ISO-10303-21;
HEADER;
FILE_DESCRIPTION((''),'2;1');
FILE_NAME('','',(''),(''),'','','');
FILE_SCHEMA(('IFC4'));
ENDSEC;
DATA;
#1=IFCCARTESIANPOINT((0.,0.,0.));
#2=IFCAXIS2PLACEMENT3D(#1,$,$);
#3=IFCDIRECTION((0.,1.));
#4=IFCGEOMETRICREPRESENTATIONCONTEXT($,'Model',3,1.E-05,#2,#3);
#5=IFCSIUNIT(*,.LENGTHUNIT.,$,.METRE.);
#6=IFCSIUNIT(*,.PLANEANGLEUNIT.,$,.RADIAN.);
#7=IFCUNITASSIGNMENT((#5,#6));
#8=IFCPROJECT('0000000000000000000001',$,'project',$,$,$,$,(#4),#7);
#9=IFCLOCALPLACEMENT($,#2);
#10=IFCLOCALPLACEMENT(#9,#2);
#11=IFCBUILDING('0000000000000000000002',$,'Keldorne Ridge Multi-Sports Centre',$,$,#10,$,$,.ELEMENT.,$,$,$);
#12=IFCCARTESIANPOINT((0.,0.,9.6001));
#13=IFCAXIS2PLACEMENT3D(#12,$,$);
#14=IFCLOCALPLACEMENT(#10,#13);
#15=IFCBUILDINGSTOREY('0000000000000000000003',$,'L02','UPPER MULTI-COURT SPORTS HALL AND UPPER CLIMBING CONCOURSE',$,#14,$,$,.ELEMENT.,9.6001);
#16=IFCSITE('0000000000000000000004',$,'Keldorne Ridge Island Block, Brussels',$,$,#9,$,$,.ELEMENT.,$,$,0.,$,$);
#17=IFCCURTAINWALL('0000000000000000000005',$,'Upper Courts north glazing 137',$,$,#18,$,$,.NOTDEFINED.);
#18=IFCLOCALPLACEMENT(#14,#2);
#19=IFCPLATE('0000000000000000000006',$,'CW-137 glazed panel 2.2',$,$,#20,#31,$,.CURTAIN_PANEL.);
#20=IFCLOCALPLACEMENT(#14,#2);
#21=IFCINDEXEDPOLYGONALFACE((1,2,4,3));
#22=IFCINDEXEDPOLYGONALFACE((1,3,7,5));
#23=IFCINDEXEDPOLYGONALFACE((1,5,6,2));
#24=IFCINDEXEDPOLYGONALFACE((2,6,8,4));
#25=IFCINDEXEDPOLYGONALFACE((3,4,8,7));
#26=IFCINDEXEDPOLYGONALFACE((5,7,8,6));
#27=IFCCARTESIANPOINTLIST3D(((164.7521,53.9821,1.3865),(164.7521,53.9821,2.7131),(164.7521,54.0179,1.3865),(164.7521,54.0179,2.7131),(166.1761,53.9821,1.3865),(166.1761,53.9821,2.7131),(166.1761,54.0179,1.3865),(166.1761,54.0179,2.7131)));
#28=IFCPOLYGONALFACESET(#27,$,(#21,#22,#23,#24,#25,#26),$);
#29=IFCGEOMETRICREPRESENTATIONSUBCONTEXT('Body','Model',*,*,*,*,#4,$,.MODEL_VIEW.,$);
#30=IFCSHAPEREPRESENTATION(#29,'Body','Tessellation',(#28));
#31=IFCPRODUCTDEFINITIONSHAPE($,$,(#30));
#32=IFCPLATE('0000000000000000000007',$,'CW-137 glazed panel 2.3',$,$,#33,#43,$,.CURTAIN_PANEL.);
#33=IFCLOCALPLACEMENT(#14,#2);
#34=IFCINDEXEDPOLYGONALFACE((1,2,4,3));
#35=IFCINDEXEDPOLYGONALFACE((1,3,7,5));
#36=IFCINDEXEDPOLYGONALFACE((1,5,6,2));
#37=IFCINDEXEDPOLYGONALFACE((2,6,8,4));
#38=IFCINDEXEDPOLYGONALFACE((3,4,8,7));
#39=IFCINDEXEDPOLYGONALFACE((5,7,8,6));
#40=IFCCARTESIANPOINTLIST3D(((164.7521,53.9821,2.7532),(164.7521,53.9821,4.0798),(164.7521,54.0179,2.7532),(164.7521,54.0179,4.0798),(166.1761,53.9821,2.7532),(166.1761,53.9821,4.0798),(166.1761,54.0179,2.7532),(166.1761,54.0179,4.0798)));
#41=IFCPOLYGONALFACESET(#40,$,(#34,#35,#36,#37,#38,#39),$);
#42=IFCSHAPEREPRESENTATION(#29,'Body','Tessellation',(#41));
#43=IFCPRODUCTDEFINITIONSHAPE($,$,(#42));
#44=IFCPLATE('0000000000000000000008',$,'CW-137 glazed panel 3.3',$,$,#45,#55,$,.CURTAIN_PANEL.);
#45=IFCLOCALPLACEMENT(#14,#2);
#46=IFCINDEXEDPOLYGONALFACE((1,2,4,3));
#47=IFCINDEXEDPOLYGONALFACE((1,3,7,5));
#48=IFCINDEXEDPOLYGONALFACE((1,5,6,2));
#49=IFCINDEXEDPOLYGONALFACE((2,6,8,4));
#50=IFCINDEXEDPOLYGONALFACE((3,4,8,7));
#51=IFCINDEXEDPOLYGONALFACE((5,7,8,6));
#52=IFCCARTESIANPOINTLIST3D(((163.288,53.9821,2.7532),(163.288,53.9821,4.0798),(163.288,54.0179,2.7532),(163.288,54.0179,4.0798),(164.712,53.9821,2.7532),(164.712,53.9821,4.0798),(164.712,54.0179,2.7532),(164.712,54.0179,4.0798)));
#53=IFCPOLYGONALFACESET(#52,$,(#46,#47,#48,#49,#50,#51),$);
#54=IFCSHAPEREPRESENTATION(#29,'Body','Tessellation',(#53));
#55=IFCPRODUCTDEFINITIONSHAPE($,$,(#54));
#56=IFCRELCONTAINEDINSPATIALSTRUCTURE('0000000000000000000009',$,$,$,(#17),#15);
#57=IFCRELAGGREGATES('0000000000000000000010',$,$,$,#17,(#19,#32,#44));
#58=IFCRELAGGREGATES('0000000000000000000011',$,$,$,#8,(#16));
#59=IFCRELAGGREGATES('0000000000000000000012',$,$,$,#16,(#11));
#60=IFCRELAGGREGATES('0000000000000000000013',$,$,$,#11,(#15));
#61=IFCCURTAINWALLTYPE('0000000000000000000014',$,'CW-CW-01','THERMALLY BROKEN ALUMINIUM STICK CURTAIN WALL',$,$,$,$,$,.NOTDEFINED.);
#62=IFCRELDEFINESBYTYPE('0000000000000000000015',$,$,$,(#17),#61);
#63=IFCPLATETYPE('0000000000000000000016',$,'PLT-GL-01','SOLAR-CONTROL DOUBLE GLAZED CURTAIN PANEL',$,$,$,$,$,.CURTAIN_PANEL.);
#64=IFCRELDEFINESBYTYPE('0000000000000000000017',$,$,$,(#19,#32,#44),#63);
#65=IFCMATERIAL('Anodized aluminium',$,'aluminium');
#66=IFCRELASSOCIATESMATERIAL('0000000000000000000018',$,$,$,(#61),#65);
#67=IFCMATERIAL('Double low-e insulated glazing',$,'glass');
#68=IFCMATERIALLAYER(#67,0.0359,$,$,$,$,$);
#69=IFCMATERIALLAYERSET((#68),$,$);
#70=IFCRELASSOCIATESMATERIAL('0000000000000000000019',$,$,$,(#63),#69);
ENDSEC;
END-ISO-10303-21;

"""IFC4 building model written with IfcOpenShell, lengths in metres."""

from ifc_helpers import new_model, si_unit, direction, frame, origin, origin_2d, place, context, subcontext, project, spatial, rectangle, extrude, material, layer, layer_set, type_object, element, aggregate, save


model = new_model("IFC4")

# Units and contexts
model_context = context("Model", 3, precision=1e-05, world=origin(), true_north=direction((0.0, 1.0)))
body_context = subcontext(model_context, "Body", "Model", "MODEL_VIEW")
ifc_project = project(units=[si_unit("LENGTHUNIT", "METRE"), si_unit("PLANEANGLEUNIT", "RADIAN")], contexts=[model_context])

# Site, building, storey
site_placement = place(None, origin())
site = spatial("IfcSite", under=ifc_project, at=site_placement, Name="Keldorne Ridge Island Block, Brussels", CompositionType="ELEMENT", RefElevation=0.0)
building_placement = place(site_placement, origin())
building = spatial("IfcBuilding", under=site, at=building_placement, Name="Keldorne Ridge Multi-Sports Centre", CompositionType="ELEMENT")
storey_placement = place(building_placement, frame((0.0, 0.0, 9.6001)))
storey = spatial("IfcBuildingStorey", under=building, at=storey_placement, Name="L02", Description="UPPER MULTI-COURT SPORTS HALL AND UPPER CLIMBING CONCOURSE", CompositionType="ELEMENT", Elevation=9.6001)

# Curtain wall, plates
ifc_material_1 = material(Name="Anodized aluminium", Category="aluminium")
curtain_wall_type = type_object("IfcCurtainWallType", Name="CW-CW-01", Description="THERMALLY BROKEN ALUMINIUM STICK CURTAIN WALL", PredefinedType="NOTDEFINED", material=ifc_material_1)
curtain_wall_placement = place(storey_placement, origin())
curtain_wall = element("IfcCurtainWall", 1, at=curtain_wall_placement, inside=storey, type_object=curtain_wall_type, Name="Upper Courts north glazing 137", PredefinedType="NOTDEFINED")
ifc_material_2 = material(Name="Double low-e insulated glazing", Category="glass")
ifc_layer = layer(ifc_material_2, 0.0359)
ifc_layer_set = layer_set([ifc_layer])
plate_type = type_object("IfcPlateType", Name="PLT-GL-01", Description="SOLAR-CONTROL DOUBLE GLAZED CURTAIN PANEL", PredefinedType="CURTAIN_PANEL", material=ifc_layer_set)
plate_1_placement = place(storey_placement, frame((165.4641, 54.0, 1.3865), z_axis=(0.0, 0.0, 1.0), x_axis=(-1.0, 0.0, 0.0)))
plate_1 = element("IfcPlate", 2, at=plate_1_placement, type_object=plate_type, Name="CW-137 glazed panel 2.2", PredefinedType="CURTAIN_PANEL", context=body_context, shape_type="SweptSolid", body=[
    extrude(rectangle(XDim=1.4241, YDim=0.0359, at=origin_2d()), origin(), (0.0, 0.0, 1.0), 1.3267),
])
plate_2_placement = place(storey_placement, frame((165.4641, 54.0, 2.7532), z_axis=(0.0, 0.0, 1.0), x_axis=(-1.0, 0.0, 0.0)))
plate_2 = element("IfcPlate", 3, at=plate_2_placement, type_object=plate_type, Name="CW-137 glazed panel 2.3", PredefinedType="CURTAIN_PANEL", context=body_context, shape_type="SweptSolid", body=[
    extrude(rectangle(XDim=1.4241, YDim=0.0359, at=origin_2d()), origin(), (0.0, 0.0, 1.0), 1.3267),
])
plate_3_placement = place(storey_placement, frame((164.0, 54.0, 2.7532), z_axis=(0.0, 0.0, 1.0), x_axis=(-1.0, 0.0, 0.0)))
plate_3 = element("IfcPlate", 4, at=plate_3_placement, type_object=plate_type, Name="CW-137 glazed panel 3.3", PredefinedType="CURTAIN_PANEL", context=body_context, shape_type="SweptSolid", body=[
    extrude(rectangle(XDim=1.4241, YDim=0.0359, at=origin_2d()), origin(), (0.0, 0.0, 1.0), 1.3267),
])
aggregate(curtain_wall, [plate_1, plate_2, plate_3])

save(model, "model.ifc")
